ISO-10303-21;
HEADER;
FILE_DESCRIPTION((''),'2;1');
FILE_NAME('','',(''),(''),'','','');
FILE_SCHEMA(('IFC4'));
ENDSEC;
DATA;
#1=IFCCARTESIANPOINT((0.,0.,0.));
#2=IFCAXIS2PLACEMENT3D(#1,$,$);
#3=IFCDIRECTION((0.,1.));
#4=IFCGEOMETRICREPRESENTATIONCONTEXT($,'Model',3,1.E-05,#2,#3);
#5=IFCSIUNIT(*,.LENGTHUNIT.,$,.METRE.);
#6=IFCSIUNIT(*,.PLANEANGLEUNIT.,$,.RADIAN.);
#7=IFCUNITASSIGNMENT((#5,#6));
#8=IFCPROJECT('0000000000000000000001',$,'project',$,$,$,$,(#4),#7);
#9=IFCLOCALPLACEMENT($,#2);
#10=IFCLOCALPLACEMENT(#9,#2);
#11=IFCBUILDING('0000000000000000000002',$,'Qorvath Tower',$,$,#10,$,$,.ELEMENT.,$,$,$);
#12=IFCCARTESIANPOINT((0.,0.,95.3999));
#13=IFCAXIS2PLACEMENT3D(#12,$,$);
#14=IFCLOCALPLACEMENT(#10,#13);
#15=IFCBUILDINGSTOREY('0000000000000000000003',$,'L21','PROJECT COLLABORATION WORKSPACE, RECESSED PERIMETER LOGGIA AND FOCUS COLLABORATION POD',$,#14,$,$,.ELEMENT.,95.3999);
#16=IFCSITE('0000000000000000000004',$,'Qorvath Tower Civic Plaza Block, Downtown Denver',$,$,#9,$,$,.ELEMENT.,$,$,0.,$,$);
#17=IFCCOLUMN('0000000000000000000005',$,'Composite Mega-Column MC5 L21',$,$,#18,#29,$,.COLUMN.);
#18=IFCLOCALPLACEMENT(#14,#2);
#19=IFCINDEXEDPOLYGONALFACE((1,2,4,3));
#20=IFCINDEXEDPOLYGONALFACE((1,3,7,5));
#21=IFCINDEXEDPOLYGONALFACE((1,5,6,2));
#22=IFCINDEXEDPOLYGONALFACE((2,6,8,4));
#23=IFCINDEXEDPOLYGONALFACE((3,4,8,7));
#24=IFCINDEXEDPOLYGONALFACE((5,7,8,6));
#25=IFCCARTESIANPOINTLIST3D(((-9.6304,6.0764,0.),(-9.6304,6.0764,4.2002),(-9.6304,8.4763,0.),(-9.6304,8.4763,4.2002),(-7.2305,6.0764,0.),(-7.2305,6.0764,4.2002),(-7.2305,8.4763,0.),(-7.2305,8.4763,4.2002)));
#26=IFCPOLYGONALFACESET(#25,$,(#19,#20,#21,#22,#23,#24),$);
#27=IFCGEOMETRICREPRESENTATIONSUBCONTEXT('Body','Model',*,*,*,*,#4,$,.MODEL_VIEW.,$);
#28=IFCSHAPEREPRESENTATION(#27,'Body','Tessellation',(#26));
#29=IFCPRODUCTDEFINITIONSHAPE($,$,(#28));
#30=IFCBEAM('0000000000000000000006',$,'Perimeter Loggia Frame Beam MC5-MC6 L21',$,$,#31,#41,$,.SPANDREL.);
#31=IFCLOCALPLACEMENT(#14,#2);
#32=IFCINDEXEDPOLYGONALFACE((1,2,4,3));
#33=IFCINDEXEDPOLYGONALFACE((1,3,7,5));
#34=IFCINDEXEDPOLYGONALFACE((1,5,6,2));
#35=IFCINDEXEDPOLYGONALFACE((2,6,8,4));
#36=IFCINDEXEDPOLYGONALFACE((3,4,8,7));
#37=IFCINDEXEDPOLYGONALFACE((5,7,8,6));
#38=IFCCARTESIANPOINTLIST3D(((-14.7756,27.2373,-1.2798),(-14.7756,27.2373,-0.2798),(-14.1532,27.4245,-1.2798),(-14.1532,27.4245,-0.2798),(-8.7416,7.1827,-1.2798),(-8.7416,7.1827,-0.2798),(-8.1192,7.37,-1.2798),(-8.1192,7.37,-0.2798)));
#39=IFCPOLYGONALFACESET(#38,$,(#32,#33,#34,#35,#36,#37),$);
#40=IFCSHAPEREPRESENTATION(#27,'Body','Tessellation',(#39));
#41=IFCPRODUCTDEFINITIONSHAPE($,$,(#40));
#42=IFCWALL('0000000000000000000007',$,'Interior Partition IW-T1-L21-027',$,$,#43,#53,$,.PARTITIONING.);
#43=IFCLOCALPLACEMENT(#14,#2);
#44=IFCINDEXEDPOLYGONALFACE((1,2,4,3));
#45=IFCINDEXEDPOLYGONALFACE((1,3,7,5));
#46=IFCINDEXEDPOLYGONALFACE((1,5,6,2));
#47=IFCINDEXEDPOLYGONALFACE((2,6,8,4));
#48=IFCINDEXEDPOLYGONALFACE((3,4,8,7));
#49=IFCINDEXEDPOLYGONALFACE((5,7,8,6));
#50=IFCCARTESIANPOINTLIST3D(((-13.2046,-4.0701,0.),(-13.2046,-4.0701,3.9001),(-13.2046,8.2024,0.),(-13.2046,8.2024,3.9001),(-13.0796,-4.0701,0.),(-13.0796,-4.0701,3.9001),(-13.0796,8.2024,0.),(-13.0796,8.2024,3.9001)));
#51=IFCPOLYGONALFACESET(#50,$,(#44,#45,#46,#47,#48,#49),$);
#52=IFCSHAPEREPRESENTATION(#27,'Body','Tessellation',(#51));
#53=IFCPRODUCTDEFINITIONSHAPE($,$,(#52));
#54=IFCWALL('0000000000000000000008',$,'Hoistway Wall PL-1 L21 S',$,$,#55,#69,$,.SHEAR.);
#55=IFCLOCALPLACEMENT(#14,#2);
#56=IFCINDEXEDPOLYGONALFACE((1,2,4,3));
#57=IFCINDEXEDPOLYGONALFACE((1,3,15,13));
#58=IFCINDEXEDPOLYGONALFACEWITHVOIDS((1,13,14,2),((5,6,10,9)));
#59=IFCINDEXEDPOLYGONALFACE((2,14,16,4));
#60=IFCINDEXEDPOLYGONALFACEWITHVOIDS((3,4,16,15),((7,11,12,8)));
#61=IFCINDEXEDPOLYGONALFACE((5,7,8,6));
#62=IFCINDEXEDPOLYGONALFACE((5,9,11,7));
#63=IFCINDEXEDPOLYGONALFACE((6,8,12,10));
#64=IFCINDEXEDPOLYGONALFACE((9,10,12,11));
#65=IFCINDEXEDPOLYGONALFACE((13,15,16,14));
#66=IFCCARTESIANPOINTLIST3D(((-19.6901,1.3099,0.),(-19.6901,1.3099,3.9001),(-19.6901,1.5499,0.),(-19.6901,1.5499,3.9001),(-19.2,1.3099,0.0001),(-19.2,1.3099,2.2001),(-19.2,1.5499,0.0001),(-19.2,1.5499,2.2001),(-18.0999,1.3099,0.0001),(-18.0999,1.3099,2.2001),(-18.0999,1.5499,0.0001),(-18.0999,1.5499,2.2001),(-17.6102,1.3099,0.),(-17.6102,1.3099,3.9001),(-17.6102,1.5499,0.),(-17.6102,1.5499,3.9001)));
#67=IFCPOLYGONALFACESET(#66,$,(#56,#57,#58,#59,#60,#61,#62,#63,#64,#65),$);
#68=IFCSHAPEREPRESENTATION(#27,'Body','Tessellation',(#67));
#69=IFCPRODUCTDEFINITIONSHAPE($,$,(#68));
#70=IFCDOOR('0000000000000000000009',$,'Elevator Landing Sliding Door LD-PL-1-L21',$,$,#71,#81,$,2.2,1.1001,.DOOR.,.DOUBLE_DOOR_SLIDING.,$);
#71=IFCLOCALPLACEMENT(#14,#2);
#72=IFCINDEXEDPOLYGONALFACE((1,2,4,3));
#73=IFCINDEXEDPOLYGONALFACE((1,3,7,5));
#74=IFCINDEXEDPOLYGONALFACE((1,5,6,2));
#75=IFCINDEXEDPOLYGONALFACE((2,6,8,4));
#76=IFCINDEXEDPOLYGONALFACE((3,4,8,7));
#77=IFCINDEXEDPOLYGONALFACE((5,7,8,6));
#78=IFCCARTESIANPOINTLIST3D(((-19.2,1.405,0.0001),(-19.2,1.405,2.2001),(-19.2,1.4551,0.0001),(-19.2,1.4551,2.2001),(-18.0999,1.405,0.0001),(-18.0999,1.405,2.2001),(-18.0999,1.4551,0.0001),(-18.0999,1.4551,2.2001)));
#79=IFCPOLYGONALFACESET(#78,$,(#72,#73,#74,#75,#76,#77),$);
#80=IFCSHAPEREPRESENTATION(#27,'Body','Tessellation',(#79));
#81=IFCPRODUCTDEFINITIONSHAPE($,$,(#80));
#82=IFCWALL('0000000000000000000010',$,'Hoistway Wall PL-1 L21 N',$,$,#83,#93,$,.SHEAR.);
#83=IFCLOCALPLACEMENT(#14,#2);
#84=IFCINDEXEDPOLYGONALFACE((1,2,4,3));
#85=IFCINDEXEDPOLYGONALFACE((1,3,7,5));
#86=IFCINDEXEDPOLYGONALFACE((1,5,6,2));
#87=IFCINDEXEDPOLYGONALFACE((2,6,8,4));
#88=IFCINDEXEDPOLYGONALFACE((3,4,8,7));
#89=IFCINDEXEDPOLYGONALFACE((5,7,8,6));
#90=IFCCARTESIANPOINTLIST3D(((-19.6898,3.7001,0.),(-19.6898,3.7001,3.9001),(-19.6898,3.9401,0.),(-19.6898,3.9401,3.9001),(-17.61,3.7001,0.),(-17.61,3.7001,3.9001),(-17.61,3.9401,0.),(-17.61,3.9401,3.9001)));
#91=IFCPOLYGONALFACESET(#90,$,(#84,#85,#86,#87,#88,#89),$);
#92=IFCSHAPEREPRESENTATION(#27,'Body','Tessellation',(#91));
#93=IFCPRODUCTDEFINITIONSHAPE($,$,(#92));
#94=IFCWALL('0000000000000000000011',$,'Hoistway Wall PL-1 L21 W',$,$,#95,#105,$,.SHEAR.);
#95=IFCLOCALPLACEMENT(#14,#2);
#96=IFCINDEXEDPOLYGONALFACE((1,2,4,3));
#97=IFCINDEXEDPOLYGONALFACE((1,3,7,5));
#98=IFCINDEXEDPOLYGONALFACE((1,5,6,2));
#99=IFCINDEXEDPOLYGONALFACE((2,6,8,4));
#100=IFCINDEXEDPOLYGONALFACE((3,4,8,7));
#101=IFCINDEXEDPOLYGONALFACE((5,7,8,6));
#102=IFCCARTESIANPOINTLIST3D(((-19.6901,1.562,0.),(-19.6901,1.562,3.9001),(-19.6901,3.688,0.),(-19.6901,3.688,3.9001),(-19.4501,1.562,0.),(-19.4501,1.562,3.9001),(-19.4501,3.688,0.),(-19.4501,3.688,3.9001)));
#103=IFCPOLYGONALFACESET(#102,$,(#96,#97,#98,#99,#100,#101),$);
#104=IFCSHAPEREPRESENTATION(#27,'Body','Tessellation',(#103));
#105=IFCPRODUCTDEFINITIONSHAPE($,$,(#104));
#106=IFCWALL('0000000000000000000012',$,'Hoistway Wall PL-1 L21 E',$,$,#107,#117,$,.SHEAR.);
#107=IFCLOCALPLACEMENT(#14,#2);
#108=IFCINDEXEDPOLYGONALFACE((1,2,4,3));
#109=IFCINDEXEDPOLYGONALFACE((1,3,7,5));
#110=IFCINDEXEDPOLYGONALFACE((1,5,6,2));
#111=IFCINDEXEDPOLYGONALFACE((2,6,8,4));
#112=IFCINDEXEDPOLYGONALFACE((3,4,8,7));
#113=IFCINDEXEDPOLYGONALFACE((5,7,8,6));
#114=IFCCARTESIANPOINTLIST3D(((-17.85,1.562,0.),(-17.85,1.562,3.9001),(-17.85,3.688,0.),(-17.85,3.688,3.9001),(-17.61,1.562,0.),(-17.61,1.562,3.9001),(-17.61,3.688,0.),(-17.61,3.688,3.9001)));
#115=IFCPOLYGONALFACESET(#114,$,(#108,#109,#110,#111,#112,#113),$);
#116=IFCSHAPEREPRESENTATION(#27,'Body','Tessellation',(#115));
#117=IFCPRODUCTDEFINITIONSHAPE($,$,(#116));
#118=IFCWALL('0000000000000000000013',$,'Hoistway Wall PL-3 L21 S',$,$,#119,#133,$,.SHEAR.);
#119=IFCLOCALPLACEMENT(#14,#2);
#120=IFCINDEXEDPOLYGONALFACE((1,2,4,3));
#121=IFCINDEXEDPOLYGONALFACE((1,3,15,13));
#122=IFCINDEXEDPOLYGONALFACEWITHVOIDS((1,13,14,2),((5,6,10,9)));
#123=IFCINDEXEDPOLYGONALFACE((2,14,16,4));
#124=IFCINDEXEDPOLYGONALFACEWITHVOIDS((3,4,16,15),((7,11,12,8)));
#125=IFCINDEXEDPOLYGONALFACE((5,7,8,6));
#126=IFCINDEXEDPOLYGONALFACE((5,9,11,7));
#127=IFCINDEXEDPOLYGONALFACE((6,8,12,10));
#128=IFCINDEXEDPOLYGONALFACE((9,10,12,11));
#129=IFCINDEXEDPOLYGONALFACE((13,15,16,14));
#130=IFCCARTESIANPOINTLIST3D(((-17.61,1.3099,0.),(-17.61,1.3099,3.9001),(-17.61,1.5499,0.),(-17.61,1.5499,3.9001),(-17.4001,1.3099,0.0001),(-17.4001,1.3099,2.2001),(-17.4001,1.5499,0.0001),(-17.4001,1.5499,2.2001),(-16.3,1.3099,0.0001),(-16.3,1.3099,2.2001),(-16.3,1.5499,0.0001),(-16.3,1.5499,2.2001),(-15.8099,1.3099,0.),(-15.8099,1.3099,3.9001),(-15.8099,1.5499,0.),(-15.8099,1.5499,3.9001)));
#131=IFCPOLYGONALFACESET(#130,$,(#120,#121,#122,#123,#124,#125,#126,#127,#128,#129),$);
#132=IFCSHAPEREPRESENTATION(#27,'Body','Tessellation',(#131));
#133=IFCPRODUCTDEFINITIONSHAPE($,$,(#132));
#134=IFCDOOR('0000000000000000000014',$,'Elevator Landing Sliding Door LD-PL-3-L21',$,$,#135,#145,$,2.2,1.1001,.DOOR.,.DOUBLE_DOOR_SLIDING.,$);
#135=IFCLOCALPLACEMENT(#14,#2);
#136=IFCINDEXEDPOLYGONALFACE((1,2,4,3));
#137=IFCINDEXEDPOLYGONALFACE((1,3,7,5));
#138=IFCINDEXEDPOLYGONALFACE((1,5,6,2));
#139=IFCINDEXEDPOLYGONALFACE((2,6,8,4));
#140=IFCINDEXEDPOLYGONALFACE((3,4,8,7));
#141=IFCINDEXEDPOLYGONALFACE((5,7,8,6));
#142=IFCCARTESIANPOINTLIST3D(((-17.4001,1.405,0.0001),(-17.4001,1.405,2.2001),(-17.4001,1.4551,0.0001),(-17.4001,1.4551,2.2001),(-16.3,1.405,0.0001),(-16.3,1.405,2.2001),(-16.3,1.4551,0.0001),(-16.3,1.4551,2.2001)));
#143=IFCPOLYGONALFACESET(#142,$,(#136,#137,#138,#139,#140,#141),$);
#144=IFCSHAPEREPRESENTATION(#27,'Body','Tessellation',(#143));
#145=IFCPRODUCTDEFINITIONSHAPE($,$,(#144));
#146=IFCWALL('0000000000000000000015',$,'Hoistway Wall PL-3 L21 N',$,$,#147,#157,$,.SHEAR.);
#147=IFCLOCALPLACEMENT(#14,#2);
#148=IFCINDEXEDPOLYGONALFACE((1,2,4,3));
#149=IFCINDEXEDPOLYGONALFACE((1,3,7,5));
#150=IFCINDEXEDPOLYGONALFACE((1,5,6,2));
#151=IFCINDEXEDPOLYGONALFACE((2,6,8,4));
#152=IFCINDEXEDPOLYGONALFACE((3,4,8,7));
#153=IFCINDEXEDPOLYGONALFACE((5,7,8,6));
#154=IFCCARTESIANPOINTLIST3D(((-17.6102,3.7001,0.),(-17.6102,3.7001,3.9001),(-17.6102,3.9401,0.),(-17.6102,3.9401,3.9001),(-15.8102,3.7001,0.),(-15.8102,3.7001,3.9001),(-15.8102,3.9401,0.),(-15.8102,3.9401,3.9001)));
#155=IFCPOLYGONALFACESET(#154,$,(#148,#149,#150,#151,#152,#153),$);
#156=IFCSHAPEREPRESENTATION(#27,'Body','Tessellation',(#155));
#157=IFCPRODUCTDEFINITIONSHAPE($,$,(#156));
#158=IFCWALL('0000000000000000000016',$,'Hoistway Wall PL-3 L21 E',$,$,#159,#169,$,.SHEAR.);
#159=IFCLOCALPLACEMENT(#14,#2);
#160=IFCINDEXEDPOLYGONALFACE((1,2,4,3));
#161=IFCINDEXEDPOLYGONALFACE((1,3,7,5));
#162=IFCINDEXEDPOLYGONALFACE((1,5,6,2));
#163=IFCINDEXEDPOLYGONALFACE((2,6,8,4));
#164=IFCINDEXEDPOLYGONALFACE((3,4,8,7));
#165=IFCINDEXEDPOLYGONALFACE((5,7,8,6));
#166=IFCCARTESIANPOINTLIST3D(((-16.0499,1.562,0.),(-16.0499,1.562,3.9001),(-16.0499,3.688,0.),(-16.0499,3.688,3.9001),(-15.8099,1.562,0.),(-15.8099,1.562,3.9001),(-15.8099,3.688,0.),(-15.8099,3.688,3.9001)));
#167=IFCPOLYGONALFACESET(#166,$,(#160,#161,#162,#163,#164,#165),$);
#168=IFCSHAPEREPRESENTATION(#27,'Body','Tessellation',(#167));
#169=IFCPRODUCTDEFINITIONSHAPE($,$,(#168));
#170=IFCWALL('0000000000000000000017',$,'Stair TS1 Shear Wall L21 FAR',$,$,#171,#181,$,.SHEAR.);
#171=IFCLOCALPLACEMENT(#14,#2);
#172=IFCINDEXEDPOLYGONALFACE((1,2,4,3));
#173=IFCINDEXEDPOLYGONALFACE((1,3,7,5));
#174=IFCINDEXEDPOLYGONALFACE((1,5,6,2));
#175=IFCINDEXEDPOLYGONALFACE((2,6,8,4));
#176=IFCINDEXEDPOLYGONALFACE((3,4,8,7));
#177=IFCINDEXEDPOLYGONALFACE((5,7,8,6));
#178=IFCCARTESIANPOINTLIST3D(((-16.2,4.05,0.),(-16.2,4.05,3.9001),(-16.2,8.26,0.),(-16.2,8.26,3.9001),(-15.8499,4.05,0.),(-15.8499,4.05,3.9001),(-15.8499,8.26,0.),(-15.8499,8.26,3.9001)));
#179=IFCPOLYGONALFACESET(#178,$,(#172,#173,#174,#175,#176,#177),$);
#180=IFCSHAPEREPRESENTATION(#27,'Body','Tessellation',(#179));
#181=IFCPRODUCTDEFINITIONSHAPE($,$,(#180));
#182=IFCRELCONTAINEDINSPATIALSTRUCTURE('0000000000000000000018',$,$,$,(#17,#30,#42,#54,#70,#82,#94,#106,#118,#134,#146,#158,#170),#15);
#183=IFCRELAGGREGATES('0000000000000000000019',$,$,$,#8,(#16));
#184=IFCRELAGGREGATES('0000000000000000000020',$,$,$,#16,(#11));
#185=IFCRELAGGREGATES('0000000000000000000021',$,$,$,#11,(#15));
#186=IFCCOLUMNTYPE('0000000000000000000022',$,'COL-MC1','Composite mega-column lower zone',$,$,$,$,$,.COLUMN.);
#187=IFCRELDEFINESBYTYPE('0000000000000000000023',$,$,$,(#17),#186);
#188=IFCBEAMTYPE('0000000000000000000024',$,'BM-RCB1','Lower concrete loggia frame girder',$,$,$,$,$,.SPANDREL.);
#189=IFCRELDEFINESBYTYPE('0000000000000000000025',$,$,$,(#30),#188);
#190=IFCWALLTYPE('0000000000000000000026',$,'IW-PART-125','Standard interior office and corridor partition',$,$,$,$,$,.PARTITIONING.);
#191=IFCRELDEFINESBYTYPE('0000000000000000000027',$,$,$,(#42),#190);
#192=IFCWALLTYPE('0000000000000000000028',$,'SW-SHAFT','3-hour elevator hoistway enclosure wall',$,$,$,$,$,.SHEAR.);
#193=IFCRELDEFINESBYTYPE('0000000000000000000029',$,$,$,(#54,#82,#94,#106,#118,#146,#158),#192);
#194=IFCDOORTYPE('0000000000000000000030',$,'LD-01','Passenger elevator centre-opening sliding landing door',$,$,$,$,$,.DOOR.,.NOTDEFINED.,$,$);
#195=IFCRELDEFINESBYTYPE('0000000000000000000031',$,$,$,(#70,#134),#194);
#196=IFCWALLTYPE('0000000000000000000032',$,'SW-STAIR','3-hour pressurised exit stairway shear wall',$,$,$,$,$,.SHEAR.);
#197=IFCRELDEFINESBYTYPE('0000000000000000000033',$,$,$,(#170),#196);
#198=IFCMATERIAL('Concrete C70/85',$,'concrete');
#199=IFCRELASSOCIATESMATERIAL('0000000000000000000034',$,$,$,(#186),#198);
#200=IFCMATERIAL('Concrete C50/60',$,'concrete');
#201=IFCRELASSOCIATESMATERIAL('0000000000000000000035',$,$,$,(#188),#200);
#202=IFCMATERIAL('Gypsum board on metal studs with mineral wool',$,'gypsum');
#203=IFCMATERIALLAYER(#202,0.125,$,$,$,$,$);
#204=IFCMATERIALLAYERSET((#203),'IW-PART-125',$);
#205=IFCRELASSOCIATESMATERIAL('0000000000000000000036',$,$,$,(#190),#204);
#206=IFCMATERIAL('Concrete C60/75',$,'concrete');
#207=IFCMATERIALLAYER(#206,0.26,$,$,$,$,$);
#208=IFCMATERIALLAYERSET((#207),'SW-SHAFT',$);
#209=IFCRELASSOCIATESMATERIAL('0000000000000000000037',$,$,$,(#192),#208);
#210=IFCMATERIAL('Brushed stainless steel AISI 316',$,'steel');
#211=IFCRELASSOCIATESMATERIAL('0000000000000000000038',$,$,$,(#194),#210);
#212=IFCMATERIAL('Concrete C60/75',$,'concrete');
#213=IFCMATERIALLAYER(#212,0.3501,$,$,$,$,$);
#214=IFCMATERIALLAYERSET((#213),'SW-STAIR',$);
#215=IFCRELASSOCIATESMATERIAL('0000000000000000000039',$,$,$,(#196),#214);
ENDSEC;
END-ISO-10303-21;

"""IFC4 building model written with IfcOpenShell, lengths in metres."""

from ifc_helpers import new_model, si_unit, direction, frame, frame_2d, origin, origin_2d, place, context, subcontext, project, spatial, rectangle, extrude, material, layer, layer_set, material_profile, profile_set, type_object, element, fill, save


model = new_model("IFC4")

# Units and contexts
model_context = context("Model", 3, precision=1e-05, world=origin(), true_north=direction((0.0, 1.0)))
body_context = subcontext(model_context, "Body", "Model", "MODEL_VIEW")
ifc_project = project(units=[si_unit("LENGTHUNIT", "METRE"), si_unit("PLANEANGLEUNIT", "RADIAN")], contexts=[model_context])

# Site, building, storey
site_placement = place(None, origin())
site = spatial("IfcSite", under=ifc_project, at=site_placement, Name="Qorvath Tower Civic Plaza Block, Downtown Denver", CompositionType="ELEMENT", RefElevation=0.0)
building_placement = place(site_placement, origin())
building = spatial("IfcBuilding", under=site, at=building_placement, Name="Qorvath Tower", CompositionType="ELEMENT")
storey_placement = place(building_placement, frame((0.0, 0.0, 95.3999)))
storey = spatial("IfcBuildingStorey", under=building, at=storey_placement, Name="L21", Description="PROJECT COLLABORATION WORKSPACE, RECESSED PERIMETER LOGGIA AND FOCUS COLLABORATION POD", CompositionType="ELEMENT", Elevation=95.3999)

# Column
ifc_material_1 = material(Name="Concrete C70/85", Category="concrete")
ifc_material_profile_1 = material_profile(ifc_material_1, rectangle(XDim=2.3999, YDim=2.3999, at=origin_2d()), Name="MC 2400x2400")
ifc_profile_set_1 = profile_set([ifc_material_profile_1], Name="Concrete C70/85")
column_type = type_object("IfcColumnType", Name="COL-MC1", Description="Composite mega-column lower zone", PredefinedType="COLUMN", material=ifc_profile_set_1)
column_placement = place(storey_placement, frame((-8.4304, 7.2764, 0.0), z_axis=(0.0, 0.0, 1.0), x_axis=(1.0, 0.0, 0.0)))
element("IfcColumn", 1, at=column_placement, inside=storey, type_object=column_type, Name="Composite Mega-Column MC5 L21", PredefinedType="COLUMN", context=body_context, shape_type="SweptSolid", body=[
    extrude(rectangle(XDim=2.3999, YDim=2.3999, at=origin_2d()), origin(), (0.0, 0.0, 1.0), 4.2002),
])

# Beam
ifc_material_2 = material(Name="Concrete C50/60", Category="concrete")
ifc_material_profile_2 = material_profile(ifc_material_2, rectangle(XDim=0.6499, YDim=1.0, at=origin_2d()), Name="RCB 1000x650")
ifc_profile_set_2 = profile_set([ifc_material_profile_2], Name="Concrete C50/60")
beam_type = type_object("IfcBeamType", Name="BM-RCB1", Description="Lower concrete loggia frame girder", PredefinedType="SPANDREL", material=ifc_profile_set_2)
beam_placement = place(storey_placement, frame((-8.4304, 7.2764, -0.7798), z_axis=(-0.288119, 0.957595, 0.0), x_axis=(-0.957595, -0.288119, 0.0)))
element("IfcBeam", 2, at=beam_placement, inside=storey, type_object=beam_type, Name="Perimeter Loggia Frame Beam MC5-MC6 L21", PredefinedType="SPANDREL", context=body_context, shape_type="SweptSolid", body=[
    extrude(rectangle(XDim=0.6499, YDim=1.0, at=origin_2d()), origin(), (0.0, 0.0, 1.0), 20.9426),
])

# Wall
ifc_material_3 = material(Name="Gypsum board on metal studs with mineral wool", Category="gypsum")
ifc_layer_1 = layer(ifc_material_3, 0.125)
ifc_layer_set_1 = layer_set([ifc_layer_1], Name="IW-PART-125")
wall_type_1 = type_object("IfcWallType", Name="IW-PART-125", Description="Standard interior office and corridor partition", PredefinedType="PARTITIONING", material=ifc_layer_set_1)
wall_1_placement = place(storey_placement, frame((-13.1421, 8.2024, 0.0), z_axis=(0.0, 0.0, 1.0), x_axis=(0.0, -1.0, 0.0)))
element("IfcWall", 3, at=wall_1_placement, inside=storey, type_object=wall_type_1, Name="Interior Partition IW-T1-L21-027", PredefinedType="PARTITIONING", context=body_context, shape_type="SweptSolid", body=[
    extrude(rectangle(XDim=12.2725, YDim=0.125, at=frame_2d((6.1362, 0.0))), origin(), (0.0, 0.0, 1.0), 3.9001),
])

# Wall, opening, door
ifc_material_4 = material(Name="Concrete C60/75", Category="concrete")
ifc_layer_2 = layer(ifc_material_4, 0.26)
ifc_layer_set_2 = layer_set([ifc_layer_2], Name="SW-SHAFT")
wall_type_2 = type_object("IfcWallType", Name="SW-SHAFT", Description="3-hour elevator hoistway enclosure wall", PredefinedType="SHEAR", material=ifc_layer_set_2)
wall_2_placement = place(storey_placement, frame((-17.6101, 1.4299, 0.0), z_axis=(0.0, 0.0, 1.0), x_axis=(-1.0, 0.0, 0.0)))
wall_2 = element("IfcWall", 4, at=wall_2_placement, inside=storey, type_object=wall_type_2, Name="Hoistway Wall PL-1 L21 S", PredefinedType="SHEAR", context=body_context, shape_type="SweptSolid", body=[
    extrude(rectangle(XDim=2.0798, YDim=0.24, at=frame_2d((1.04, 0.0))), origin(), (0.0, 0.0, 1.0), 3.9001),
])
opening_1_placement = place(wall_2_placement, frame((0.4897, 0.0, 0.0)))
opening_1 = element("IfcOpeningElement", 5, at=opening_1_placement, cuts=wall_2, PredefinedType="OPENING", context=body_context, shape_type="SweptSolid", body=[
    extrude(rectangle(XDim=1.1001, YDim=2.2, at=frame_2d((0.55, 1.1001))), frame((0.0, 0.1299, 0.0), z_axis=(0.0, -1.0, 0.0), x_axis=(1.0, 0.0, 0.0)), (0.0, 0.0, 1.0), 0.26),
])
ifc_material_5 = material(Name="Brushed stainless steel AISI 316", Category="steel")
door_type_1 = type_object("IfcDoorType", Name="LD-01", Description="Passenger elevator centre-opening sliding landing door", OperationType="NOTDEFINED", PredefinedType="DOOR", material=ifc_material_5)
door_1_placement = place(opening_1_placement, origin())
door_1 = element("IfcDoor", 6, at=door_1_placement, inside=storey, type_object=door_type_1, Name="Elevator Landing Sliding Door LD-PL-1-L21", OperationType="DOUBLE_DOOR_SLIDING", OverallHeight=2.2, OverallWidth=1.1001, PredefinedType="DOOR", context=body_context, shape_type="SweptSolid", body=[
    extrude(rectangle(XDim=1.1001, YDim=2.2, at=frame_2d((0.55, 1.1001))), frame((0.0, 0.0249, 0.0), z_axis=(0.0, -1.0, 0.0), x_axis=(1.0, 0.0, 0.0)), (0.0, 0.0, 1.0), 0.05),
])
fill(opening_1, door_1)

# Walls
wall_3_placement = place(storey_placement, frame((-19.6899, 3.8201, 0.0), z_axis=(0.0, 0.0, 1.0), x_axis=(1.0, 0.0, 0.0)))
element("IfcWall", 7, at=wall_3_placement, inside=storey, type_object=wall_type_2, Name="Hoistway Wall PL-1 L21 N", PredefinedType="SHEAR", context=body_context, shape_type="SweptSolid", body=[
    extrude(rectangle(XDim=2.0798, YDim=0.24, at=frame_2d((1.04, 0.0))), origin(), (0.0, 0.0, 1.0), 3.9001),
])
for number, where, z_axis, x_axis, name in (
    (8, (-19.5701, 1.562, 0.0), (0.0, 0.0, 1.0), (0.0, 1.0, 0.0), "Hoistway Wall PL-1 L21 W"),
    (9, (-17.73, 3.688, 0.0), (0.0, 0.0, 1.0), (0.0, -1.0, 0.0), "Hoistway Wall PL-1 L21 E"),
):
    element("IfcWall", number, at=place(storey_placement, frame(where, z_axis=z_axis, x_axis=x_axis)), inside=storey, type_object=wall_type_2, Name=name, PredefinedType="SHEAR", context=body_context, shape_type="SweptSolid", body=[
        extrude(rectangle(XDim=2.126, YDim=0.24, at=frame_2d((1.063, 0.0))), origin(), (0.0, 0.0, 1.0), 3.9001),
    ])

# Wall, opening, door
wall_4_placement = place(storey_placement, frame((-15.8101, 1.4299, 0.0), z_axis=(0.0, 0.0, 1.0), x_axis=(-1.0, 0.0, 0.0)))
wall_4 = element("IfcWall", 10, at=wall_4_placement, inside=storey, type_object=wall_type_2, Name="Hoistway Wall PL-3 L21 S", PredefinedType="SHEAR", context=body_context, shape_type="SweptSolid", body=[
    extrude(rectangle(XDim=1.8, YDim=0.24, at=frame_2d((0.8999, 0.0))), origin(), (0.0, 0.0, 1.0), 3.9001),
])
opening_2_placement = place(wall_4_placement, frame((0.49, 0.0, 0.0)))
opening_2 = element("IfcOpeningElement", 11, at=opening_2_placement, cuts=wall_4, PredefinedType="OPENING", context=body_context, shape_type="SweptSolid", body=[
    extrude(rectangle(XDim=1.1001, YDim=2.2, at=frame_2d((0.55, 1.1001))), frame((0.0, 0.1299, 0.0), z_axis=(0.0, -1.0, 0.0), x_axis=(1.0, 0.0, 0.0)), (0.0, 0.0, 1.0), 0.26),
])
door_2_placement = place(opening_2_placement, origin())
door_2 = element("IfcDoor", 12, at=door_2_placement, inside=storey, type_object=door_type_1, Name="Elevator Landing Sliding Door LD-PL-3-L21", OperationType="DOUBLE_DOOR_SLIDING", OverallHeight=2.2, OverallWidth=1.1001, PredefinedType="DOOR", context=body_context, shape_type="SweptSolid", body=[
    extrude(rectangle(XDim=1.1001, YDim=2.2, at=frame_2d((0.55, 1.1001))), frame((0.0, 0.0249, 0.0), z_axis=(0.0, -1.0, 0.0), x_axis=(1.0, 0.0, 0.0)), (0.0, 0.0, 1.0), 0.05),
])
fill(opening_2, door_2)

# Walls
wall_5_placement = place(storey_placement, frame((-17.6101, 3.8201, 0.0), z_axis=(0.0, 0.0, 1.0), x_axis=(1.0, 0.0, 0.0)))
element("IfcWall", 13, at=wall_5_placement, inside=storey, type_object=wall_type_2, Name="Hoistway Wall PL-3 L21 N", PredefinedType="SHEAR", context=body_context, shape_type="SweptSolid", body=[
    extrude(rectangle(XDim=1.8, YDim=0.24, at=frame_2d((0.8999, 0.0))), origin(), (0.0, 0.0, 1.0), 3.9001),
])
wall_6_placement = place(storey_placement, frame((-15.9299, 3.688, 0.0), z_axis=(0.0, 0.0, 1.0), x_axis=(0.0, -1.0, 0.0)))
element("IfcWall", 14, at=wall_6_placement, inside=storey, type_object=wall_type_2, Name="Hoistway Wall PL-3 L21 E", PredefinedType="SHEAR", context=body_context, shape_type="SweptSolid", body=[
    extrude(rectangle(XDim=2.126, YDim=0.24, at=frame_2d((1.063, 0.0))), origin(), (0.0, 0.0, 1.0), 3.9001),
])
ifc_material_6 = material(Name="Concrete C60/75", Category="concrete")
ifc_layer_3 = layer(ifc_material_6, 0.3501)
ifc_layer_set_3 = layer_set([ifc_layer_3], Name="SW-STAIR")
wall_type_3 = type_object("IfcWallType", Name="SW-STAIR", Description="3-hour pressurised exit stairway shear wall", PredefinedType="SHEAR", material=ifc_layer_set_3)
wall_7_placement = place(storey_placement, frame((-16.0249, 4.05, 0.0), z_axis=(0.0, 0.0, 1.0), x_axis=(0.0, 1.0, 0.0)))
element("IfcWall", 15, at=wall_7_placement, inside=storey, type_object=wall_type_3, Name="Stair TS1 Shear Wall L21 FAR", PredefinedType="SHEAR", context=body_context, shape_type="SweptSolid", body=[
    extrude(rectangle(XDim=4.21, YDim=0.3501, at=frame_2d((2.105, 0.0))), origin(), (0.0, 0.0, 1.0), 3.9001),
])

save(model, "model.ifc")
